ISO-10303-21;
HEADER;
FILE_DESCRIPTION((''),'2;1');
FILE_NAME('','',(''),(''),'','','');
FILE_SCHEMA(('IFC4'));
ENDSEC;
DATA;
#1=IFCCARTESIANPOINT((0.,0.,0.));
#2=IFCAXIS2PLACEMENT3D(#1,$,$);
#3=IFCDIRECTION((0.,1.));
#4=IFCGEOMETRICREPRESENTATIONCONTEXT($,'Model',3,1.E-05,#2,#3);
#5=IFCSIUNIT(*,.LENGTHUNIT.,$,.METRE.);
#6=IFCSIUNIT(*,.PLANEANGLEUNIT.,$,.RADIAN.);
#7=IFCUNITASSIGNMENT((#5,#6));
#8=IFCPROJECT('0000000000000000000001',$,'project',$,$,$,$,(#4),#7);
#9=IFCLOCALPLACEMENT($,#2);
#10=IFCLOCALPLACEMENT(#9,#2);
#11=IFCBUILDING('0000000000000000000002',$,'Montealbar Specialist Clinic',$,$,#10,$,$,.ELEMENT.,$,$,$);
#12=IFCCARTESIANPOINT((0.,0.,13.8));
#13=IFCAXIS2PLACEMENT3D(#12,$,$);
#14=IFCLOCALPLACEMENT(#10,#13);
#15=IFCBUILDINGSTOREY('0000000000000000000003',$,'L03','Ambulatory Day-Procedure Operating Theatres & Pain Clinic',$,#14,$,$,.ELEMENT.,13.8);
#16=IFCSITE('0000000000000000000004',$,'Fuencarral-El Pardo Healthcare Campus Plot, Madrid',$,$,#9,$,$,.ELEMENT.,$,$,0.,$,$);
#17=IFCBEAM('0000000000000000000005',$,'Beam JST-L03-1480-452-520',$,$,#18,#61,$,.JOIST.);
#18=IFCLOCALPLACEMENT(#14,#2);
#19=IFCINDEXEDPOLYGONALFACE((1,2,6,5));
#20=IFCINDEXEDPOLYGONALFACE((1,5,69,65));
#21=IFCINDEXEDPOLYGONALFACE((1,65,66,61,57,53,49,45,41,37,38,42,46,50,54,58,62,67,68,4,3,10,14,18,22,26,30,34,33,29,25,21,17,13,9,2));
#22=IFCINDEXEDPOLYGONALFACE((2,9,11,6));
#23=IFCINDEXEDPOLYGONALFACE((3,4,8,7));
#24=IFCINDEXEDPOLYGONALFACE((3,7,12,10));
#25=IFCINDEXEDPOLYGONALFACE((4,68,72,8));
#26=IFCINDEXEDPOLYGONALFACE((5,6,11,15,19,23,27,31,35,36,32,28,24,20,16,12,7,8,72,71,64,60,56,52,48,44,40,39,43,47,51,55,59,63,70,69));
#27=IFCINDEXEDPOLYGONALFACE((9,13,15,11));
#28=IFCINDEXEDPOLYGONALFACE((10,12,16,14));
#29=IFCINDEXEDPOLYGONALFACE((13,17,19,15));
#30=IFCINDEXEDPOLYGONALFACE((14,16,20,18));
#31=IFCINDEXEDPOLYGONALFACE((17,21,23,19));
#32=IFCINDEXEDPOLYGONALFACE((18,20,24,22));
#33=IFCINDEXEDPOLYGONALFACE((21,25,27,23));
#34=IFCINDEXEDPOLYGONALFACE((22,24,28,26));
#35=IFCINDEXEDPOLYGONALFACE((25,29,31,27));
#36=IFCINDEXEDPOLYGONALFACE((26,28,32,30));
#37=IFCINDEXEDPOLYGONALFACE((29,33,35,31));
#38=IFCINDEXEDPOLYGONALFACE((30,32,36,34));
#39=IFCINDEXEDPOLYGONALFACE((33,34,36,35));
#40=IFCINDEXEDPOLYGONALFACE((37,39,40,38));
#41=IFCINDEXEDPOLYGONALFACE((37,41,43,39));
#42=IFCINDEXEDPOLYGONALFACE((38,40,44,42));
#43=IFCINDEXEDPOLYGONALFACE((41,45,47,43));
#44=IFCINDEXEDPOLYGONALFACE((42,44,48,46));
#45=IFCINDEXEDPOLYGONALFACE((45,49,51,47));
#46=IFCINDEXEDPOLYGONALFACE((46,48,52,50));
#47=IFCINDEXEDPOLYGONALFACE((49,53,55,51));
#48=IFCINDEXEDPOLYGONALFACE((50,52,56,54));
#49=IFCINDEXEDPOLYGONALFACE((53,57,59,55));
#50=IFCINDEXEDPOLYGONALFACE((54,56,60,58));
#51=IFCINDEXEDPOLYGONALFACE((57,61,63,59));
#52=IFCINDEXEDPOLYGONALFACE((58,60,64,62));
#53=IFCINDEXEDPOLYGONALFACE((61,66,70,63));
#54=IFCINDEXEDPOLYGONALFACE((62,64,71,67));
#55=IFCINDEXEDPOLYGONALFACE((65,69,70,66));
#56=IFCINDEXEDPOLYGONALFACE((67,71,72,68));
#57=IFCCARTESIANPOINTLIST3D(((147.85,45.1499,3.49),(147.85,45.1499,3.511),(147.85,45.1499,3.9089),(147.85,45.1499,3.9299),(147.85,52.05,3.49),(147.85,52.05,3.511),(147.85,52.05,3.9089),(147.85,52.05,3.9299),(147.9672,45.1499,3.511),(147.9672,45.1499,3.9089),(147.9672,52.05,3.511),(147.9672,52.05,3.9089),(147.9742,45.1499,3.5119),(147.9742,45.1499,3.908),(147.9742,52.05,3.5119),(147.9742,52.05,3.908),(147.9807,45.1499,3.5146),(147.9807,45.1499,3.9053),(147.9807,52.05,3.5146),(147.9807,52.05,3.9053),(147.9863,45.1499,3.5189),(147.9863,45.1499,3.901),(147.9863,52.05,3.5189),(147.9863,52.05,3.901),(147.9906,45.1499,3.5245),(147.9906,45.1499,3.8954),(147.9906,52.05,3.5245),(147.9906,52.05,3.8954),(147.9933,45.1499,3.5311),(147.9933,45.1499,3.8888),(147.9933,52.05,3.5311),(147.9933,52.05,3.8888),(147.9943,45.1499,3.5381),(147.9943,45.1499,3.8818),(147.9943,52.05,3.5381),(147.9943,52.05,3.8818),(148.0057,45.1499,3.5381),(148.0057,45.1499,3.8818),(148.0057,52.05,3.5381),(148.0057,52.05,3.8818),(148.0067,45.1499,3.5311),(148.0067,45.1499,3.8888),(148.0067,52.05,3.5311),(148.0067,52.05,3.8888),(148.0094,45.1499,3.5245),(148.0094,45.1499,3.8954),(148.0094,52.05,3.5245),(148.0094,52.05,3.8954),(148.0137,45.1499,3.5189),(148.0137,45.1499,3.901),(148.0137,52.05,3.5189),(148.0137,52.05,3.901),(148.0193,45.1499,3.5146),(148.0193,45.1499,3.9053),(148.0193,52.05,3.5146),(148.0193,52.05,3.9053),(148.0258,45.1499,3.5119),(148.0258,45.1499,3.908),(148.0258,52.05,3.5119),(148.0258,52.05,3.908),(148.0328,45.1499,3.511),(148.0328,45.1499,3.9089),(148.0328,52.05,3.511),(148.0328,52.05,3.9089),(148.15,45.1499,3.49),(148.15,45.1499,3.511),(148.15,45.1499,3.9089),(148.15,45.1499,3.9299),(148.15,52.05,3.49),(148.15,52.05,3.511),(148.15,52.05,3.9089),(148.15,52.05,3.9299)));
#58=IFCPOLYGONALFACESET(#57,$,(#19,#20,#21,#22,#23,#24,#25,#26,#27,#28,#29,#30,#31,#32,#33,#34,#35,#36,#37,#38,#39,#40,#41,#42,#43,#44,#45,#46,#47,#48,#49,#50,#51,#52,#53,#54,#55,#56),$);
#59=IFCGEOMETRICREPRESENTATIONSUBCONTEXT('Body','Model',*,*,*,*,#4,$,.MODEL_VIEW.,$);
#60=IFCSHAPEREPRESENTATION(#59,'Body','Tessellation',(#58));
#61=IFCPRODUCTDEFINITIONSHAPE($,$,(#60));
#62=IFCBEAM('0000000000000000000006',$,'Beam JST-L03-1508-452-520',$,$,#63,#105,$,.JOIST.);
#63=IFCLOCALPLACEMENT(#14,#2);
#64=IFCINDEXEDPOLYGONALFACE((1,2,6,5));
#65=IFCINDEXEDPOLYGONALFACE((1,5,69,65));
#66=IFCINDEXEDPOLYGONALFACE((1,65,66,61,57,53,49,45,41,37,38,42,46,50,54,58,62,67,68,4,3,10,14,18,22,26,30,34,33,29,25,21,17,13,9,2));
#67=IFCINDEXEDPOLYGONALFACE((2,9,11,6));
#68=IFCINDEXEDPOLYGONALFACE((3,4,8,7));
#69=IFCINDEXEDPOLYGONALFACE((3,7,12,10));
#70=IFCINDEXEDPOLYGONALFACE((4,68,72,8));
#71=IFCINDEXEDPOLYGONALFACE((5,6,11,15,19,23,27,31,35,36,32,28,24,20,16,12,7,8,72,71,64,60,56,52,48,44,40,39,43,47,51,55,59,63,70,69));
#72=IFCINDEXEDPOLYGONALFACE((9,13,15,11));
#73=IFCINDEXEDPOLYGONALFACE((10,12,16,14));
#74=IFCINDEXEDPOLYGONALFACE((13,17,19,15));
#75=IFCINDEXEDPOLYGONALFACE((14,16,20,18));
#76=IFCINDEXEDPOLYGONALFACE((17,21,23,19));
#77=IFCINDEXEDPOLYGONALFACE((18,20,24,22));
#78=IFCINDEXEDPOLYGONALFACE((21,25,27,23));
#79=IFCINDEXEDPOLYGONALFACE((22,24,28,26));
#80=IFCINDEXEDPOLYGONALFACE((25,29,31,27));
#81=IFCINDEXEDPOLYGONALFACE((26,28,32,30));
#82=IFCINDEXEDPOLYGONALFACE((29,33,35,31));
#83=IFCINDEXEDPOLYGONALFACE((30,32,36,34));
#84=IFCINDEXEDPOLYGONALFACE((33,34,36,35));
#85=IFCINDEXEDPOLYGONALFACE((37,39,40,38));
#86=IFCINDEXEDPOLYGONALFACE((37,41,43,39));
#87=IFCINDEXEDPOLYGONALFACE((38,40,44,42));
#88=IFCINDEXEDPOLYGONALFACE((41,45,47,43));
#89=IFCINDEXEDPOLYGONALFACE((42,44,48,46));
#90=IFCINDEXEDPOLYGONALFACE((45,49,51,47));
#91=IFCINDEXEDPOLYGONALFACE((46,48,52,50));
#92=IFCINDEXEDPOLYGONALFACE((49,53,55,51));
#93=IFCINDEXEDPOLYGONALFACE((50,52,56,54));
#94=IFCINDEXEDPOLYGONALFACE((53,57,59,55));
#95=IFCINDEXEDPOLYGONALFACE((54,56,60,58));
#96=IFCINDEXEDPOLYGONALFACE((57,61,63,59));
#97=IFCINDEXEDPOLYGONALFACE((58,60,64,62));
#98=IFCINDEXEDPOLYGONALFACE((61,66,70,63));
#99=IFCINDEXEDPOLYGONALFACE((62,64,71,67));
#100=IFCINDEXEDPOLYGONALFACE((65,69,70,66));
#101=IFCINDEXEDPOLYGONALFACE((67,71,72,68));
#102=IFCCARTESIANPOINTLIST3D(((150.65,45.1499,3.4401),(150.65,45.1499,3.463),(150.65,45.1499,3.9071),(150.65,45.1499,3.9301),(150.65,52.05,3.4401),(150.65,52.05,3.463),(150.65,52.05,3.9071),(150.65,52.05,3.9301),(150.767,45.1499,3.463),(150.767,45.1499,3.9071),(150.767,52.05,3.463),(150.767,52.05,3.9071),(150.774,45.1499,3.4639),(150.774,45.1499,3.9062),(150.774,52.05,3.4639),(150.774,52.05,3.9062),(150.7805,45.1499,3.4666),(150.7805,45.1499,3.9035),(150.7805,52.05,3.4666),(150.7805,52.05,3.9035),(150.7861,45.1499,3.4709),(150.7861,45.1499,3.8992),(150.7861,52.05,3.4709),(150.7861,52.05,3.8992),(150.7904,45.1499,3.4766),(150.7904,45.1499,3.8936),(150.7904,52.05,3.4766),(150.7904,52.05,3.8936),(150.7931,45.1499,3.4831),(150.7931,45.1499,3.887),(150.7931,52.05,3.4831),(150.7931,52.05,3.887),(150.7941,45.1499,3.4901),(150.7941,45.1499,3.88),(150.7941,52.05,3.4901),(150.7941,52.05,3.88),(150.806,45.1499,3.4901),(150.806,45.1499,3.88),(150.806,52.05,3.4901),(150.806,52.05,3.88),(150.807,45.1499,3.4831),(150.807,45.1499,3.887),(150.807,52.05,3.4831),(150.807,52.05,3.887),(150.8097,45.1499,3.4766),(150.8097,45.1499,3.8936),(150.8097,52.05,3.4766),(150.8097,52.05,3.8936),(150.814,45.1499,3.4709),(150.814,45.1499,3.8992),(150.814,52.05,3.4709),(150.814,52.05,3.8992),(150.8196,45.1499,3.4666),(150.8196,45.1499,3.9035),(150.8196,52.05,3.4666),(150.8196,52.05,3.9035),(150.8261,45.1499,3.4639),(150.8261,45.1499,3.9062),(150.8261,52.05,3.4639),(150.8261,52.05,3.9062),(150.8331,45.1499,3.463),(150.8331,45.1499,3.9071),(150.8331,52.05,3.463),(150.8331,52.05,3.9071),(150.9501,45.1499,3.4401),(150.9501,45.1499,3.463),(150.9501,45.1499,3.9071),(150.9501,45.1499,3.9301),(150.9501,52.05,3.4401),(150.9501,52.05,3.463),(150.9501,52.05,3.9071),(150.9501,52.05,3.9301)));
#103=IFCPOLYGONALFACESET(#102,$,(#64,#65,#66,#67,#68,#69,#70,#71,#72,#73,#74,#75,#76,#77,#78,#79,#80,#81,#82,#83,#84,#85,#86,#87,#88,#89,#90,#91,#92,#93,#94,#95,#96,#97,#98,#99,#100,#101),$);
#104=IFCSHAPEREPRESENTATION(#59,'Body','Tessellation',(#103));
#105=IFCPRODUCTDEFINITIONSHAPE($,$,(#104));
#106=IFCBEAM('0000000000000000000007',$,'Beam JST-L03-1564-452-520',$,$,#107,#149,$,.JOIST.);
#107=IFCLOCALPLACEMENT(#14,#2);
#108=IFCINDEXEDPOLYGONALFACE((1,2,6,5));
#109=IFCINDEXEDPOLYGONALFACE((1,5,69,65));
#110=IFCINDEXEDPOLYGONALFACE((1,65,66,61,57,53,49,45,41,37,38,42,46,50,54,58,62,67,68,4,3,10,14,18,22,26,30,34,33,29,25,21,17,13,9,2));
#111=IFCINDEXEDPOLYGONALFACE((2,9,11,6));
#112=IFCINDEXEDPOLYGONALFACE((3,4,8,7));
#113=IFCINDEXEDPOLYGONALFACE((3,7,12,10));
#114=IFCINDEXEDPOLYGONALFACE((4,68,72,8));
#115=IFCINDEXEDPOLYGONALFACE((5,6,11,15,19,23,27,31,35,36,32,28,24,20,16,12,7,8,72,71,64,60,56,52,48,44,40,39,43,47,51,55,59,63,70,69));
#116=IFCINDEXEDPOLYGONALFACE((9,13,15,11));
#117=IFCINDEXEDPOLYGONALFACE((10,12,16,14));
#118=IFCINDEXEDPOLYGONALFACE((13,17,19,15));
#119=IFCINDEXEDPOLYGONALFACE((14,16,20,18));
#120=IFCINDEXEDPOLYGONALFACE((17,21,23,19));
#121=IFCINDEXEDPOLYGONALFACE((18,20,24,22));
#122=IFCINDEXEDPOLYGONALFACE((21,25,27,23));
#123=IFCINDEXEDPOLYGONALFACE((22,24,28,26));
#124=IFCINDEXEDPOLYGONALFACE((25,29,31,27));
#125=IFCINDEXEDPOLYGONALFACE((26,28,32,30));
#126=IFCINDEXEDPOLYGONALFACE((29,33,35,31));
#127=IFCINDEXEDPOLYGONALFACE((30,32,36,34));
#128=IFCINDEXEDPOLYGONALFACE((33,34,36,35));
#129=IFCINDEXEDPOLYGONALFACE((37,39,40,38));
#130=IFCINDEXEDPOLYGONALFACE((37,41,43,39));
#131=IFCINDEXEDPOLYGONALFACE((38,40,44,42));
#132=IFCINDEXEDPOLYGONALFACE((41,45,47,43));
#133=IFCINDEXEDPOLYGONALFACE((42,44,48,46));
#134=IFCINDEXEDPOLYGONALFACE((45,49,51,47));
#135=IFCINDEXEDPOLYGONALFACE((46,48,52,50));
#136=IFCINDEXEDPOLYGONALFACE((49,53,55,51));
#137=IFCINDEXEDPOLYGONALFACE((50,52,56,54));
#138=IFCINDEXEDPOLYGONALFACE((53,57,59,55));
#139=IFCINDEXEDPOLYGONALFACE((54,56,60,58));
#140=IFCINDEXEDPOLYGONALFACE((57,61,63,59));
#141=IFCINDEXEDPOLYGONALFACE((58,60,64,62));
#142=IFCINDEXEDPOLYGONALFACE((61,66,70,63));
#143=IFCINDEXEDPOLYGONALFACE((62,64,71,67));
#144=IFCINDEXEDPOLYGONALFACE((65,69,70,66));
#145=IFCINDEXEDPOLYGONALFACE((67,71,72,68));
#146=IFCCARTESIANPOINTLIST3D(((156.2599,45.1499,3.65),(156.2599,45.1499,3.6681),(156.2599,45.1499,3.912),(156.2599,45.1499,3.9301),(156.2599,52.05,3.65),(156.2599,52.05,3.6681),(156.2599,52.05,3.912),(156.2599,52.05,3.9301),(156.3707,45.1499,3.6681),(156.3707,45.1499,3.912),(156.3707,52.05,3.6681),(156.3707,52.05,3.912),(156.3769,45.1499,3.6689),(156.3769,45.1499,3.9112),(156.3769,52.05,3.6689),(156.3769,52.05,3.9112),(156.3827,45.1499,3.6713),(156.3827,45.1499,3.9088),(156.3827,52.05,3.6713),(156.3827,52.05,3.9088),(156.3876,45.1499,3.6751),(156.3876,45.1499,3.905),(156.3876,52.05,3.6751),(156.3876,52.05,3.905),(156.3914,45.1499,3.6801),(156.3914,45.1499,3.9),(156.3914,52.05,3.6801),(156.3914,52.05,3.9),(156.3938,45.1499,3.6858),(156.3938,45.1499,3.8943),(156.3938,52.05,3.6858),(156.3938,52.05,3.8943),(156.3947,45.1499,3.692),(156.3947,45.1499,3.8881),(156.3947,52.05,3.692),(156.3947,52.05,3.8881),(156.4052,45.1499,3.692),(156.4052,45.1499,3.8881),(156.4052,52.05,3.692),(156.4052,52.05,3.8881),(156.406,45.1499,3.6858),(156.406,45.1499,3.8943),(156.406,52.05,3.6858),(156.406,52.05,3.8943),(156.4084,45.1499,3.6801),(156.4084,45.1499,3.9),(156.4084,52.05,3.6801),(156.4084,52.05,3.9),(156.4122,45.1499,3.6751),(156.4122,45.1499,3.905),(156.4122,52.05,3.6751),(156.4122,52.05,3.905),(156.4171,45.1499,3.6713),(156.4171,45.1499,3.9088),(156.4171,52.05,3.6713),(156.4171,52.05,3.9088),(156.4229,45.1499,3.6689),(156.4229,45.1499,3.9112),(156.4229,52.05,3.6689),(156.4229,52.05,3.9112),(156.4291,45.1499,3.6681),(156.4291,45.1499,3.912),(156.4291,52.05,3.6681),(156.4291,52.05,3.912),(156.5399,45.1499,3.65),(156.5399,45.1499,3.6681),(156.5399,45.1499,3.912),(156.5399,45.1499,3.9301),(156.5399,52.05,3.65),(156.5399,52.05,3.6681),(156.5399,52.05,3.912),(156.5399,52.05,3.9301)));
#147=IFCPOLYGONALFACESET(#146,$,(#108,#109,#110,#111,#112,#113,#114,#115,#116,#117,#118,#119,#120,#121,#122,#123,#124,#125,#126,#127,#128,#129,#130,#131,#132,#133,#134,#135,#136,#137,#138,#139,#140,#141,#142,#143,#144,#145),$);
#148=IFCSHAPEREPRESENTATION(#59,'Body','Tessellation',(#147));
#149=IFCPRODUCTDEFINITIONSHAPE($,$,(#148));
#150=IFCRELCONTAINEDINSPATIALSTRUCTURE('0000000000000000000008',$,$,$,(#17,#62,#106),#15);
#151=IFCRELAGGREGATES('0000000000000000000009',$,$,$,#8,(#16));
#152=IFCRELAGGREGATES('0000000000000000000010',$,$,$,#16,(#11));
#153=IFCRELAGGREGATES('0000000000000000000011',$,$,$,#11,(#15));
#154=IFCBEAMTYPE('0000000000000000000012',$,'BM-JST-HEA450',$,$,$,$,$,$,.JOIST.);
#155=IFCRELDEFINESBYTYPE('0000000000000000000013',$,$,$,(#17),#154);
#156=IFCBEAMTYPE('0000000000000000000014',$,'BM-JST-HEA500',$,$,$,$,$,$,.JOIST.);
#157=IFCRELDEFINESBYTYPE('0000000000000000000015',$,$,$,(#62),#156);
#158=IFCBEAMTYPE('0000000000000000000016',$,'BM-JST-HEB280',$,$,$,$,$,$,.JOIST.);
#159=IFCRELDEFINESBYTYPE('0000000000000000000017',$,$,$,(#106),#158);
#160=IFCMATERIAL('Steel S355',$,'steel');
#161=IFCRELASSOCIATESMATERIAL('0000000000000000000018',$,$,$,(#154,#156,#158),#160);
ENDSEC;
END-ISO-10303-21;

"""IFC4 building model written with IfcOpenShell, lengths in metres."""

from ifc_helpers import new_model, si_unit, direction, frame, origin, origin_2d, place, context, subcontext, project, spatial, i_section, extrude, material, material_profile, profile_set, type_object, element, save


model = new_model("IFC4")

# Units and contexts
model_context = context("Model", 3, precision=1e-05, world=origin(), true_north=direction((0.0, 1.0)))
body_context = subcontext(model_context, "Body", "Model", "MODEL_VIEW")
ifc_project = project(units=[si_unit("LENGTHUNIT", "METRE"), si_unit("PLANEANGLEUNIT", "RADIAN")], contexts=[model_context])

# Site, building, storey
site_placement = place(None, origin())
site = spatial("IfcSite", under=ifc_project, at=site_placement, Name="Fuencarral-El Pardo Healthcare Campus Plot, Madrid", CompositionType="ELEMENT", RefElevation=0.0)
building_placement = place(site_placement, origin())
building = spatial("IfcBuilding", under=site, at=building_placement, Name="Montealbar Specialist Clinic", CompositionType="ELEMENT")
storey_placement = place(building_placement, frame((0.0, 0.0, 13.8)))
storey = spatial("IfcBuildingStorey", under=building, at=storey_placement, Name="L03", Description="Ambulatory Day-Procedure Operating Theatres & Pain Clinic", CompositionType="ELEMENT", Elevation=13.8)

# Shared definitions
ifc_material_1 = material(Name="Steel S355", Category="steel")

# Beams
ifc_material_profile_1 = material_profile(ifc_material_1, i_section(OverallWidth=0.3, OverallDepth=0.4399, WebThickness=0.0115, FlangeThickness=0.021, FilletRadius=0.0271, at=origin_2d()), Name="HEA 450", Category="steel")
ifc_profile_set_1 = profile_set([ifc_material_profile_1], Name="Steel S355")
beam_type_1 = type_object("IfcBeamType", Name="BM-JST-HEA450", PredefinedType="JOIST", material=ifc_profile_set_1)
beam_1_placement = place(storey_placement, frame((148.0, 45.1499, 3.71), z_axis=(0.0, 1.0, 0.0), x_axis=(-1.0, 0.0, 0.0)))
element("IfcBeam", 1, at=beam_1_placement, inside=storey, type_object=beam_type_1, Name="Beam JST-L03-1480-452-520", PredefinedType="JOIST", context=body_context, shape_type="SweptSolid", body=[
    extrude(i_section(OverallWidth=0.3, OverallDepth=0.4399, WebThickness=0.0115, FlangeThickness=0.021, FilletRadius=0.0271, at=origin_2d()), origin(), (0.0, 0.0, 1.0), 6.9001),
])
ifc_material_profile_2 = material_profile(ifc_material_1, i_section(OverallWidth=0.3, OverallDepth=0.49, WebThickness=0.012, FlangeThickness=0.0229, FilletRadius=0.0271, at=origin_2d()), Name="HEA 500", Category="steel")
ifc_profile_set_2 = profile_set([ifc_material_profile_2], Name="Steel S355")
beam_type_2 = type_object("IfcBeamType", Name="BM-JST-HEA500", PredefinedType="JOIST", material=ifc_profile_set_2)
beam_2_placement = place(storey_placement, frame((150.8, 45.1499, 3.6851), z_axis=(0.0, 1.0, 0.0), x_axis=(-1.0, 0.0, 0.0)))
element("IfcBeam", 2, at=beam_2_placement, inside=storey, type_object=beam_type_2, Name="Beam JST-L03-1508-452-520", PredefinedType="JOIST", context=body_context, shape_type="SweptSolid", body=[
    extrude(i_section(OverallWidth=0.3, OverallDepth=0.49, WebThickness=0.012, FlangeThickness=0.0229, FilletRadius=0.0271, at=origin_2d()), origin(), (0.0, 0.0, 1.0), 6.9001),
])
ifc_material_profile_3 = material_profile(ifc_material_1, i_section(OverallWidth=0.28, OverallDepth=0.28, WebThickness=0.0105, FlangeThickness=0.0181, FilletRadius=0.0239, at=origin_2d()), Name="HEB 280", Category="steel")
ifc_profile_set_3 = profile_set([ifc_material_profile_3], Name="Steel S355")
beam_type_3 = type_object("IfcBeamType", Name="BM-JST-HEB280", PredefinedType="JOIST", material=ifc_profile_set_3)
beam_3_placement = place(storey_placement, frame((156.3999, 45.1499, 3.79), z_axis=(0.0, 1.0, 0.0), x_axis=(-1.0, 0.0, 0.0)))
element("IfcBeam", 3, at=beam_3_placement, inside=storey, type_object=beam_type_3, Name="Beam JST-L03-1564-452-520", PredefinedType="JOIST", context=body_context, shape_type="SweptSolid", body=[
    extrude(i_section(OverallWidth=0.28, OverallDepth=0.28, WebThickness=0.0105, FlangeThickness=0.0181, FilletRadius=0.0239, at=origin_2d()), origin(), (0.0, 0.0, 1.0), 6.9001),
])

save(model, "model.ifc")
